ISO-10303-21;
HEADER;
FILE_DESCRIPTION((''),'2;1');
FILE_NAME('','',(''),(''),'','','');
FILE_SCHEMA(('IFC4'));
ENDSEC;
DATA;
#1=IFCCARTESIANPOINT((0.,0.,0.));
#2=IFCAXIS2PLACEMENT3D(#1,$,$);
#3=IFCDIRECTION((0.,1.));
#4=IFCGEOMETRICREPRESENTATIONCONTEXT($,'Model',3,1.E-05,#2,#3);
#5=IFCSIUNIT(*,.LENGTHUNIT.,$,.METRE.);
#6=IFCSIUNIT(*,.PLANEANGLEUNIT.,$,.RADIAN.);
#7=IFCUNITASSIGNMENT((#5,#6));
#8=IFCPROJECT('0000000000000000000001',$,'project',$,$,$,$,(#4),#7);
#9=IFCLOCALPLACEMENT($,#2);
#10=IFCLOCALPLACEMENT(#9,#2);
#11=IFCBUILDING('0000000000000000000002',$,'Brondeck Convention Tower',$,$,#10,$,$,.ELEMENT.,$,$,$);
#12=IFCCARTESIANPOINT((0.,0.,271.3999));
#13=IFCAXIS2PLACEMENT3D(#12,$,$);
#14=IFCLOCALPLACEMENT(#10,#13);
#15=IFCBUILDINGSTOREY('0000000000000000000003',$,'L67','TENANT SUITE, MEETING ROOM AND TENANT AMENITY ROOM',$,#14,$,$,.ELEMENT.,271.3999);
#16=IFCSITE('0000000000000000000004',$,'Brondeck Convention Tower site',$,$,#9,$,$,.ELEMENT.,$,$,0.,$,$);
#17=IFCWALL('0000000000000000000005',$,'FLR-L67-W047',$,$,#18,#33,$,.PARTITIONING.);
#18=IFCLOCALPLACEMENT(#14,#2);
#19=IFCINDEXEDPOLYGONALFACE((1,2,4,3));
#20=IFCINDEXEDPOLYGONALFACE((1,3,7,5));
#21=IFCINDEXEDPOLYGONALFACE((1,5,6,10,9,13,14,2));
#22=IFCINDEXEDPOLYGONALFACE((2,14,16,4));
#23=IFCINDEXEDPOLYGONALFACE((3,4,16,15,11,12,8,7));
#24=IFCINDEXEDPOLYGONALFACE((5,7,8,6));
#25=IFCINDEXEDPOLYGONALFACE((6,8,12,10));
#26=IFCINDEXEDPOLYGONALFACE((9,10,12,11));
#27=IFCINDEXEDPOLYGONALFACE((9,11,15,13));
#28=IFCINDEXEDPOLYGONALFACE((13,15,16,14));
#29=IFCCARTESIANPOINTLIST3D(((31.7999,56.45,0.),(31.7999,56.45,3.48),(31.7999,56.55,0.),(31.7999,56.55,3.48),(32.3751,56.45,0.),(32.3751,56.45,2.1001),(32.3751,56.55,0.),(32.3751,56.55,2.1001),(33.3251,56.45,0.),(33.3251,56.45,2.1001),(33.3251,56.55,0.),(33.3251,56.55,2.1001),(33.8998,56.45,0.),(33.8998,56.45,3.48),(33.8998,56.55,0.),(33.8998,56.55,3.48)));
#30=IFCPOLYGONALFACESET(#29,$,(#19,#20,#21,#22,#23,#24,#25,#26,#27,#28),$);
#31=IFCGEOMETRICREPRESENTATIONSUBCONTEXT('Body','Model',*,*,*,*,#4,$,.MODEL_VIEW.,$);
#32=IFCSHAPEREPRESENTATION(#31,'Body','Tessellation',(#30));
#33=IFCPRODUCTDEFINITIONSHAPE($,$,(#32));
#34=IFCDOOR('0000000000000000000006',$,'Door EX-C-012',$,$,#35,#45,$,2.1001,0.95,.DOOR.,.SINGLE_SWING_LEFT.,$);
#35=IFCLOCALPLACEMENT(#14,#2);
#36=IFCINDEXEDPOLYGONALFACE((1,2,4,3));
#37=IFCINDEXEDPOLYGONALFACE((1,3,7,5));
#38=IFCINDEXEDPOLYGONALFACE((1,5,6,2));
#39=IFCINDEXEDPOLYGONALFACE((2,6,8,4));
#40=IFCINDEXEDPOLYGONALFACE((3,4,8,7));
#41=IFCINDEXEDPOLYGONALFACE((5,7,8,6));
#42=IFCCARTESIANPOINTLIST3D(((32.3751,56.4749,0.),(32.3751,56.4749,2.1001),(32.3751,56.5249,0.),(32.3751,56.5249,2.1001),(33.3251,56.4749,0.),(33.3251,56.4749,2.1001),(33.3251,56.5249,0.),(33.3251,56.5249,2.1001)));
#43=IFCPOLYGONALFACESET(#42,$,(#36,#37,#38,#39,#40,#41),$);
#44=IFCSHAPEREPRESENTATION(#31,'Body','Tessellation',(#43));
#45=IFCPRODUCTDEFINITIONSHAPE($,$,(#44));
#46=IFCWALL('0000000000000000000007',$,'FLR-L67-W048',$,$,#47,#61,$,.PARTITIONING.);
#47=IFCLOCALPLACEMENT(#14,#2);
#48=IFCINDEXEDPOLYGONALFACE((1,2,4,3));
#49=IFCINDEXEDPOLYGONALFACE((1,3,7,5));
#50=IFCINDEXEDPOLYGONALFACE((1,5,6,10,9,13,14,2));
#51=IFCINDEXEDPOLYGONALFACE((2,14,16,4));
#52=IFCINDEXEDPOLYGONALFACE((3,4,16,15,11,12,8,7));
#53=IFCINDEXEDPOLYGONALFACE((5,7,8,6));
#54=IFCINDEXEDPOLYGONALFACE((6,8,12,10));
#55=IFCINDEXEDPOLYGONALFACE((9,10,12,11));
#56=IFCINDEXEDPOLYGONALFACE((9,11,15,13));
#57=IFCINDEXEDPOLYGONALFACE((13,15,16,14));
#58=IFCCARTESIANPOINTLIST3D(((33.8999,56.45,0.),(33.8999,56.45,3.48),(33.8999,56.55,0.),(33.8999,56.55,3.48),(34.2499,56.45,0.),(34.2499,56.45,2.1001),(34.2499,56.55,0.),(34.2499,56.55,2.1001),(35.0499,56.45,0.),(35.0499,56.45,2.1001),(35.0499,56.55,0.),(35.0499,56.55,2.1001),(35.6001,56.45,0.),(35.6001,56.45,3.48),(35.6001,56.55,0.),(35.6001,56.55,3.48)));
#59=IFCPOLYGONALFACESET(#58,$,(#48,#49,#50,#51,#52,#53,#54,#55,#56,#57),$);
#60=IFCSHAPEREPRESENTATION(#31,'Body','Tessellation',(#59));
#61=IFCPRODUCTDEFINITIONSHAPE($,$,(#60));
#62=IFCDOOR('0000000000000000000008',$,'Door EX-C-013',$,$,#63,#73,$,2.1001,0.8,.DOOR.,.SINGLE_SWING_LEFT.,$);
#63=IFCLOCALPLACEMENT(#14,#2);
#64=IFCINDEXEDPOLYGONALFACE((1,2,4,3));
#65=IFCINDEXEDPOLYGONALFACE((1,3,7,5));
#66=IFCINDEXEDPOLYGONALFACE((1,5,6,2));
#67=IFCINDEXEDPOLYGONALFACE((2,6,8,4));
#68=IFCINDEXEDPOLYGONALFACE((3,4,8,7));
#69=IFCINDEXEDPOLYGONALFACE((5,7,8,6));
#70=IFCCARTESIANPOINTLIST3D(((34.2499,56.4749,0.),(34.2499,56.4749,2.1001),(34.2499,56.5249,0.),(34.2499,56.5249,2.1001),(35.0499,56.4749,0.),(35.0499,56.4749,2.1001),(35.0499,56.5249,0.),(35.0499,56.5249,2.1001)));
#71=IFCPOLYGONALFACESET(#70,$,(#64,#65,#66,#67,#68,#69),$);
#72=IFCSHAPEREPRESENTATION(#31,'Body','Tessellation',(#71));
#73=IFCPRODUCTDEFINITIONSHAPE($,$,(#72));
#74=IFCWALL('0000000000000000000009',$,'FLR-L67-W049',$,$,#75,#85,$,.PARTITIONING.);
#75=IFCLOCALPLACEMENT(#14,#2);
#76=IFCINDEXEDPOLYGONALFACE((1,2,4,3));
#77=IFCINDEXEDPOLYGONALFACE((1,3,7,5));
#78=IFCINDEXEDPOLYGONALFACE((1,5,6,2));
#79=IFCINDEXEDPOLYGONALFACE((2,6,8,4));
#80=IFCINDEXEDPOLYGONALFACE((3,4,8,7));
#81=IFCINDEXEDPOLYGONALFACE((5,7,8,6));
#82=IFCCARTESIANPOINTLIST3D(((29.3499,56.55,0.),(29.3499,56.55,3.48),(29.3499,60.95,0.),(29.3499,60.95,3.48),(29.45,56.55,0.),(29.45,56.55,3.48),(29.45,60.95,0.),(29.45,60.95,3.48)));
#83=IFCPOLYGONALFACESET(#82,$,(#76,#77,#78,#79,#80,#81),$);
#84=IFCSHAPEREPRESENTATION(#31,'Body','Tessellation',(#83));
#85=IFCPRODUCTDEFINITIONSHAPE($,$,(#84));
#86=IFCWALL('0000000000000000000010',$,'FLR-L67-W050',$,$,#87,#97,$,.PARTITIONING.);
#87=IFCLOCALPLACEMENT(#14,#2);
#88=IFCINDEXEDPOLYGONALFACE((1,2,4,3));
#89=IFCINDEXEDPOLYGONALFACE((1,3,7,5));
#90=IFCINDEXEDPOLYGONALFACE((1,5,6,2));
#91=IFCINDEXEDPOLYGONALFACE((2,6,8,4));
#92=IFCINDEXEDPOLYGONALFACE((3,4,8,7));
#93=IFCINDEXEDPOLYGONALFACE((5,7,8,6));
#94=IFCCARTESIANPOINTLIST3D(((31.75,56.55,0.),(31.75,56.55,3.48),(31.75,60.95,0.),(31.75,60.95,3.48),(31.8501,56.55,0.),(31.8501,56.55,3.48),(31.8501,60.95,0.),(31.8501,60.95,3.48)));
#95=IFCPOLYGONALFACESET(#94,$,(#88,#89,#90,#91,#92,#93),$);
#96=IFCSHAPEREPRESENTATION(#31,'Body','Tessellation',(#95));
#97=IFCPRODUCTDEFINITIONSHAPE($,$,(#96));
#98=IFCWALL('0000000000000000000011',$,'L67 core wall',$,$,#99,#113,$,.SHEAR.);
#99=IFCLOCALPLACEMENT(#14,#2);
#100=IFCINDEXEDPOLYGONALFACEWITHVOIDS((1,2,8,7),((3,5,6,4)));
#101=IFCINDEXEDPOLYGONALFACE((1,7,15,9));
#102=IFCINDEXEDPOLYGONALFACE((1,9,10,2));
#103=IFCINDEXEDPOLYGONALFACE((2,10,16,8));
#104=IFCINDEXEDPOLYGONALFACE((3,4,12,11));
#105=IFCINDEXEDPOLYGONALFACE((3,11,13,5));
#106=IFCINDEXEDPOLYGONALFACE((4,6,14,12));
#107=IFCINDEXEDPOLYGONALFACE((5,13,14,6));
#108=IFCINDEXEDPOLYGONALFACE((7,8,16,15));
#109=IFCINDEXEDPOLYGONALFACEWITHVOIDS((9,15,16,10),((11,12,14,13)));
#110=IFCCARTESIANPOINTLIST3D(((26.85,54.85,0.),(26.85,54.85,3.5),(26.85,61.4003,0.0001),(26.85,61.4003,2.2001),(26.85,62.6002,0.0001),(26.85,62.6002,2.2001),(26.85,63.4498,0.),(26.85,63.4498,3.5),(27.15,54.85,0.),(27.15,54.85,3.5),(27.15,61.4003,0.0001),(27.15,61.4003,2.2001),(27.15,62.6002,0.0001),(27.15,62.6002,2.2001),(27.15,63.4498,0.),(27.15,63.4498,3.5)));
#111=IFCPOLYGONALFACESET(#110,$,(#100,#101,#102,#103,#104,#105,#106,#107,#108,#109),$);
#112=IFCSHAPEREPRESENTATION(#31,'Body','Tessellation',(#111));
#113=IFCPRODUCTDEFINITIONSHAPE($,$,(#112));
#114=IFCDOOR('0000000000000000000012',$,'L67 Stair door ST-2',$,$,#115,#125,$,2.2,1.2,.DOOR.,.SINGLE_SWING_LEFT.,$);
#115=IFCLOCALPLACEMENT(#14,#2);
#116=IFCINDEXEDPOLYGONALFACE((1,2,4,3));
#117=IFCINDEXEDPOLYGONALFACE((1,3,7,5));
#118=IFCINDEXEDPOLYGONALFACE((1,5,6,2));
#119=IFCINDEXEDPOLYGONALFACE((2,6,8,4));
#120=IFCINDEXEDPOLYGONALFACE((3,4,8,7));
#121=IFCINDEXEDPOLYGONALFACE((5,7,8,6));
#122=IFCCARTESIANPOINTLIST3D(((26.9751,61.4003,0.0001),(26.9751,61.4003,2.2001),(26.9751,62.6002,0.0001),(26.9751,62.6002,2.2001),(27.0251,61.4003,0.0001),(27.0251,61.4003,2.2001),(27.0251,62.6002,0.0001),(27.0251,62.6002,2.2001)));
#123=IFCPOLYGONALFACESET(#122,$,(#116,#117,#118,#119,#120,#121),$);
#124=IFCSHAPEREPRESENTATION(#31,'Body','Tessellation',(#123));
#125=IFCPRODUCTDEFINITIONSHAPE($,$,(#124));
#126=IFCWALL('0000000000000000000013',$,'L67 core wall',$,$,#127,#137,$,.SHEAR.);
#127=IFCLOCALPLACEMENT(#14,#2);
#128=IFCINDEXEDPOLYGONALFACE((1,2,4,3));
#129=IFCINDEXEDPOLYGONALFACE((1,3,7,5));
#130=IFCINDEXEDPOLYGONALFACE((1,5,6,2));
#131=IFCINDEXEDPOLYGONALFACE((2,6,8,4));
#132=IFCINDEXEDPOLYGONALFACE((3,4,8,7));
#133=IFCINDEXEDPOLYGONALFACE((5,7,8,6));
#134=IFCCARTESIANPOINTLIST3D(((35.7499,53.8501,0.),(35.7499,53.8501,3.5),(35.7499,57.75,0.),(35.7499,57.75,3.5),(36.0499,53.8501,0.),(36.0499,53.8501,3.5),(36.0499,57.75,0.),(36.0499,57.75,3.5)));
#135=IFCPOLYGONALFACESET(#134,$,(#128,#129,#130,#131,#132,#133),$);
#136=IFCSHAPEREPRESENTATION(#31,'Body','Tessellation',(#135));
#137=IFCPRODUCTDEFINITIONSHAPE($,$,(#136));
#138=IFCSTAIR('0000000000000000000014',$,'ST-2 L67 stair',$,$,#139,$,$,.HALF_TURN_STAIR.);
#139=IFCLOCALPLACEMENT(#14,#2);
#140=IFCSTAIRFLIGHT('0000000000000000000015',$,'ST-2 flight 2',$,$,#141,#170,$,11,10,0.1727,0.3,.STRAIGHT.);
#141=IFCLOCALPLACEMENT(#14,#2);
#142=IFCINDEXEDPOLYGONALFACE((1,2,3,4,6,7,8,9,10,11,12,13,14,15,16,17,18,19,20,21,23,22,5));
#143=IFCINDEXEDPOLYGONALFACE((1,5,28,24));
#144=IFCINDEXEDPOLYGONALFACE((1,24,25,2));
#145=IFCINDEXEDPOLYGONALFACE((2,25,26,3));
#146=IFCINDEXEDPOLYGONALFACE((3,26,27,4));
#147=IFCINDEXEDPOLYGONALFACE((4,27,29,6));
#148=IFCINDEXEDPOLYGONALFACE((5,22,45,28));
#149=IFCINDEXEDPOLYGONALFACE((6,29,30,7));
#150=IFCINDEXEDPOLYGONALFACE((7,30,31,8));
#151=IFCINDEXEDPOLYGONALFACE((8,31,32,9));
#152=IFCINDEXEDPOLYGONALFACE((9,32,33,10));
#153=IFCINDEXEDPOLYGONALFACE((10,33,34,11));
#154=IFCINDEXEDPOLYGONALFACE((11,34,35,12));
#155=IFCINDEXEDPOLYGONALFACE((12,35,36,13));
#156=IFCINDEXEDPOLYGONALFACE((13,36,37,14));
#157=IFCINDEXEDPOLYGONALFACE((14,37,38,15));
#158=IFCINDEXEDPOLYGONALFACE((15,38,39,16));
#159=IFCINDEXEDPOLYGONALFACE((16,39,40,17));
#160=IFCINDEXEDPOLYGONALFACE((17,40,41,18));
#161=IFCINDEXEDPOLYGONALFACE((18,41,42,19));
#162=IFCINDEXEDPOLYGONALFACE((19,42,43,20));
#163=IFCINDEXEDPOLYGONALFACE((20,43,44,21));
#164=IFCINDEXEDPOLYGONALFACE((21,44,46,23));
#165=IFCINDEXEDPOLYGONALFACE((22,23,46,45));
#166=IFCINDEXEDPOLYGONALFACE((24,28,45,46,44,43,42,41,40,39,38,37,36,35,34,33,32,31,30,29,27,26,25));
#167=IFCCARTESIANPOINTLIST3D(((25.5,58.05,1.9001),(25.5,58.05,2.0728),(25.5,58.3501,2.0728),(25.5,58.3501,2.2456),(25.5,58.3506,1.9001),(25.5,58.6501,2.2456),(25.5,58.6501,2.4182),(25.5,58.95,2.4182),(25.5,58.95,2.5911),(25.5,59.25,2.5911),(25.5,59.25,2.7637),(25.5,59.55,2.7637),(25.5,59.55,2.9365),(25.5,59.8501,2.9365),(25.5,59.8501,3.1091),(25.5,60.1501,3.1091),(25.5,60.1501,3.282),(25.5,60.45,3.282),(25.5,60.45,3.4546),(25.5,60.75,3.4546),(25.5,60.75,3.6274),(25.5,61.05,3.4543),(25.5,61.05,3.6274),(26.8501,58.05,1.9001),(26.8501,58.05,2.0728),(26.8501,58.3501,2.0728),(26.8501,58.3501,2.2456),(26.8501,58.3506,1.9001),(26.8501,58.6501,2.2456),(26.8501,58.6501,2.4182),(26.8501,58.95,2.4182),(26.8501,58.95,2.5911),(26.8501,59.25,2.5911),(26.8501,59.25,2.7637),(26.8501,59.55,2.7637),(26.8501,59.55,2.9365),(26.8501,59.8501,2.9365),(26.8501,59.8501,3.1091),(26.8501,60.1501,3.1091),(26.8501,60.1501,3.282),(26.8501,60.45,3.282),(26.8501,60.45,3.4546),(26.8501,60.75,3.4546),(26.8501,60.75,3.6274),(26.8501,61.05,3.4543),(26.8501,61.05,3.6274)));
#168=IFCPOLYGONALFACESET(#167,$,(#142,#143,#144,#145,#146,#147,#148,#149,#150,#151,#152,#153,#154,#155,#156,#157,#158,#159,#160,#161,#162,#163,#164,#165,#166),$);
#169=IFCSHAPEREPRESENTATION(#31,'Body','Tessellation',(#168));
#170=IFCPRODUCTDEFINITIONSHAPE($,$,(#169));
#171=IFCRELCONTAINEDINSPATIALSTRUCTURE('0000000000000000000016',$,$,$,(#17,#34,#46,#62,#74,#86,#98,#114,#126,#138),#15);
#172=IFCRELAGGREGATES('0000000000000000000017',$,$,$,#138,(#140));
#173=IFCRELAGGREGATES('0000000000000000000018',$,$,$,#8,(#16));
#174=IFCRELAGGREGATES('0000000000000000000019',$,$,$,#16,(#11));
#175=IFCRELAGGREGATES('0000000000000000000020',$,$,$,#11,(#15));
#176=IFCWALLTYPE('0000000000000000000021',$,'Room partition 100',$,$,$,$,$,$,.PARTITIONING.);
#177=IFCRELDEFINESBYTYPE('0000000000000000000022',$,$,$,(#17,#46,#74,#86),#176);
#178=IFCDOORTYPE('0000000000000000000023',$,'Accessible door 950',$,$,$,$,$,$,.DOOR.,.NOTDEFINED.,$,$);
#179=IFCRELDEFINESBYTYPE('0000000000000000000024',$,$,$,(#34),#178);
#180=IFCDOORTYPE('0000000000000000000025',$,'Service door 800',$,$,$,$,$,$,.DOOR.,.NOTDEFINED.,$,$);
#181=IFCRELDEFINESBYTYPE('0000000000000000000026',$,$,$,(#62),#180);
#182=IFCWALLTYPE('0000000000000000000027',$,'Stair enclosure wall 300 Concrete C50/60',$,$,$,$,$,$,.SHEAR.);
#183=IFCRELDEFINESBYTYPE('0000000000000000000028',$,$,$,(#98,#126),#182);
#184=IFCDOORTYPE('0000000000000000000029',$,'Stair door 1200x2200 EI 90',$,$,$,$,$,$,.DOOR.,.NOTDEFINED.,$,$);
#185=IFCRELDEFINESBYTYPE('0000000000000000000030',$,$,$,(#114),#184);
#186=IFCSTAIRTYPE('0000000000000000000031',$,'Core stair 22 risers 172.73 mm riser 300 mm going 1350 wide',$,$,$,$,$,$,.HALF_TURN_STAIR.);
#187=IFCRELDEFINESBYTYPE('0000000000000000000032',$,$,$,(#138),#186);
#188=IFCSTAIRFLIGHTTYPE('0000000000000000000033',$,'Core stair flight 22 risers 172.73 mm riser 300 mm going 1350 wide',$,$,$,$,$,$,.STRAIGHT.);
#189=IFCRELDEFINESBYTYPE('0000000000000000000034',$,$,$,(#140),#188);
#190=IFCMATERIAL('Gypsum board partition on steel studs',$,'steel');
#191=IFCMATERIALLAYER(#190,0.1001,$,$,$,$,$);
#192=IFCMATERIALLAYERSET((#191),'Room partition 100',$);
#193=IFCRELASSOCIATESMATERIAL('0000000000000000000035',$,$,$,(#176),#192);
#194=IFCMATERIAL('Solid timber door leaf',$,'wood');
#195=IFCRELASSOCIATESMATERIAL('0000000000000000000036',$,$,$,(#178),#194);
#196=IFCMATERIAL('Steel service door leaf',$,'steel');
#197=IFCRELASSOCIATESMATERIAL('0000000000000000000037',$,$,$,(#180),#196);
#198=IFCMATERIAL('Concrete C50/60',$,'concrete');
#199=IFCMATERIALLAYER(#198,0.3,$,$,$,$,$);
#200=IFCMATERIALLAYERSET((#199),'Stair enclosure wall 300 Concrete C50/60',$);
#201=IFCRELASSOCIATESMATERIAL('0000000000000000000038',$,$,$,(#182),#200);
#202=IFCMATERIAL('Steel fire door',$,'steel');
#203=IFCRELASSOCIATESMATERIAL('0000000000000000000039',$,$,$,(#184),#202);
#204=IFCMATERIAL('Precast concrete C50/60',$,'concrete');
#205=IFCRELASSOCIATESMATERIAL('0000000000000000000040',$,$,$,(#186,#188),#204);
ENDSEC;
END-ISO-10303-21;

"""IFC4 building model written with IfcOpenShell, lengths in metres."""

from ifc_helpers import new_model, si_unit, direction, frame, frame_2d, origin, place, context, subcontext, project, spatial, polyline, rectangle, outline, extrude, material, layer, layer_set, type_object, element, fill, aggregate, save


model = new_model("IFC4")

# Units and contexts
model_context = context("Model", 3, precision=1e-05, world=origin(), true_north=direction((0.0, 1.0)))
body_context = subcontext(model_context, "Body", "Model", "MODEL_VIEW")
ifc_project = project(units=[si_unit("LENGTHUNIT", "METRE"), si_unit("PLANEANGLEUNIT", "RADIAN")], contexts=[model_context])

# Site, building, storey
site_placement = place(None, origin())
site = spatial("IfcSite", under=ifc_project, at=site_placement, Name="Brondeck Convention Tower site", CompositionType="ELEMENT", RefElevation=0.0)
building_placement = place(site_placement, origin())
building = spatial("IfcBuilding", under=site, at=building_placement, Name="Brondeck Convention Tower", CompositionType="ELEMENT")
storey_placement = place(building_placement, frame((0.0, 0.0, 271.3999)))
storey = spatial("IfcBuildingStorey", under=building, at=storey_placement, Name="L67", Description="TENANT SUITE, MEETING ROOM AND TENANT AMENITY ROOM", CompositionType="ELEMENT", Elevation=271.3999)

# Shared definitions
ifc_material_1 = material(Name="Concrete C50/60", Category="concrete")
ifc_material_2 = material(Name="Gypsum board partition on steel studs", Category="steel")
ifc_layer_1 = layer(ifc_material_2, 0.1001)
ifc_layer_set_1 = layer_set([ifc_layer_1], Name="Room partition 100")
wall_type_1 = type_object("IfcWallType", Name="Room partition 100", PredefinedType="PARTITIONING", material=ifc_layer_set_1)

# Shared definitions
ifc_material_3 = material(Name="Solid timber door leaf", Category="wood")

# Walls, openings, doors
wall_1_placement = place(storey_placement, frame((31.8, 56.5, 0.0), z_axis=(0.0, 0.0, 1.0), x_axis=(1.0, 0.0, 0.0)))
wall_1 = element("IfcWall", 1, at=wall_1_placement, inside=storey, type_object=wall_type_1, Name="FLR-L67-W047", PredefinedType="PARTITIONING", context=body_context, shape_type="SweptSolid", body=[
    extrude(rectangle(XDim=2.0999, YDim=0.1001, at=frame_2d((1.0498, 0.0))), origin(), (0.0, 0.0, 1.0), 3.48),
])
opening_1_placement = place(wall_1_placement, frame((0.575, 0.0, 0.0)))
opening_1 = element("IfcOpeningElement", 2, at=opening_1_placement, cuts=wall_1, PredefinedType="OPENING", context=body_context, shape_type="SweptSolid", body=[
    extrude(rectangle(XDim=0.95, YDim=2.1001, at=frame_2d((0.4751, 1.05))), frame((0.0, 0.0601, 0.0), z_axis=(0.0, -1.0, 0.0), x_axis=(1.0, 0.0, 0.0)), (0.0, 0.0, 1.0), 0.1201),
])
door_type_1 = type_object("IfcDoorType", Name="Accessible door 950", OperationType="NOTDEFINED", PredefinedType="DOOR", material=ifc_material_3)
door_1_placement = place(opening_1_placement, origin())
door_1 = element("IfcDoor", 3, at=door_1_placement, inside=storey, type_object=door_type_1, Name="Door EX-C-012", OperationType="SINGLE_SWING_LEFT", OverallHeight=2.1001, OverallWidth=0.95, PredefinedType="DOOR", context=body_context, shape_type="SweptSolid", body=[
    extrude(rectangle(XDim=0.95, YDim=2.1001, at=frame_2d((0.4751, 1.05))), frame((0.0, 0.0249, 0.0), z_axis=(0.0, -1.0, 0.0), x_axis=(1.0, 0.0, 0.0)), (0.0, 0.0, 1.0), 0.05),
])
fill(opening_1, door_1)
wall_2_placement = place(storey_placement, frame((33.8999, 56.5, 0.0), z_axis=(0.0, 0.0, 1.0), x_axis=(1.0, 0.0, 0.0)))
wall_2 = element("IfcWall", 4, at=wall_2_placement, inside=storey, type_object=wall_type_1, Name="FLR-L67-W048", PredefinedType="PARTITIONING", context=body_context, shape_type="SweptSolid", body=[
    extrude(rectangle(XDim=1.7002, YDim=0.1001, at=frame_2d((0.8501, 0.0))), origin(), (0.0, 0.0, 1.0), 3.48),
])
opening_2_placement = place(wall_2_placement, frame((0.3501, 0.0, 0.0)))
opening_2 = element("IfcOpeningElement", 5, at=opening_2_placement, cuts=wall_2, PredefinedType="OPENING", context=body_context, shape_type="SweptSolid", body=[
    extrude(rectangle(XDim=0.8, YDim=2.1001, at=frame_2d((0.3999, 1.05))), frame((0.0, 0.0601, 0.0), z_axis=(0.0, -1.0, 0.0), x_axis=(1.0, 0.0, 0.0)), (0.0, 0.0, 1.0), 0.1201),
])
ifc_material_4 = material(Name="Steel service door leaf", Category="steel")
door_type_2 = type_object("IfcDoorType", Name="Service door 800", OperationType="NOTDEFINED", PredefinedType="DOOR", material=ifc_material_4)
door_2_placement = place(opening_2_placement, origin())
door_2 = element("IfcDoor", 6, at=door_2_placement, inside=storey, type_object=door_type_2, Name="Door EX-C-013", OperationType="SINGLE_SWING_LEFT", OverallHeight=2.1001, OverallWidth=0.8, PredefinedType="DOOR", context=body_context, shape_type="SweptSolid", body=[
    extrude(rectangle(XDim=0.8, YDim=2.1001, at=frame_2d((0.3999, 1.05))), frame((0.0, 0.0249, 0.0), z_axis=(0.0, -1.0, 0.0), x_axis=(1.0, 0.0, 0.0)), (0.0, 0.0, 1.0), 0.05),
])
fill(opening_2, door_2)

# Walls
for number, where, z_axis, x_axis, name in (
    (7, (29.3999, 60.95, 0.0), (0.0, 0.0, 1.0), (0.0, -1.0, 0.0), "FLR-L67-W049"),
    (8, (31.8, 60.95, 0.0), (0.0, 0.0, 1.0), (0.0, -1.0, 0.0), "FLR-L67-W050"),
):
    element("IfcWall", number, at=place(storey_placement, frame(where, z_axis=z_axis, x_axis=x_axis)), inside=storey, type_object=wall_type_1, Name=name, PredefinedType="PARTITIONING", context=body_context, shape_type="SweptSolid", body=[
        extrude(rectangle(XDim=4.3999, YDim=0.1001, at=frame_2d((2.2, 0.0))), origin(), (0.0, 0.0, 1.0), 3.48),
    ])

# Wall, opening, door
ifc_layer_2 = layer(ifc_material_1, 0.3)
ifc_layer_set_2 = layer_set([ifc_layer_2], Name="Stair enclosure wall 300 Concrete C50/60")
wall_type_2 = type_object("IfcWallType", Name="Stair enclosure wall 300 Concrete C50/60", PredefinedType="SHEAR", material=ifc_layer_set_2)
wall_3_placement = place(storey_placement, frame((27.0, 54.8501, 0.0), z_axis=(0.0, 0.0, 1.0), x_axis=(0.0, 1.0, 0.0)))
wall_3 = element("IfcWall", 9, at=wall_3_placement, inside=storey, type_object=wall_type_2, Name="L67 core wall", PredefinedType="SHEAR", context=body_context, shape_type="SweptSolid", body=[
    extrude(rectangle(XDim=8.5999, YDim=0.3, at=frame_2d((4.2998, 0.0))), origin(), (0.0, 0.0, 1.0), 3.5),
])
opening_3_placement = place(wall_3_placement, frame((6.55, 0.0, 0.0)))
opening_3 = element("IfcOpeningElement", 10, at=opening_3_placement, cuts=wall_3, PredefinedType="OPENING", context=body_context, shape_type="SweptSolid", body=[
    extrude(rectangle(XDim=1.2, YDim=2.2, at=frame_2d((0.6001, 1.1001))), frame((0.0, 0.1599, 0.0), z_axis=(0.0, -1.0, 0.0), x_axis=(1.0, 0.0, 0.0)), (0.0, 0.0, 1.0), 0.3201),
])
ifc_material_5 = material(Name="Steel fire door", Category="steel")
door_type_3 = type_object("IfcDoorType", Name="Stair door 1200x2200 EI 90", OperationType="NOTDEFINED", PredefinedType="DOOR", material=ifc_material_5)
door_3_placement = place(opening_3_placement, origin())
door_3 = element("IfcDoor", 11, at=door_3_placement, inside=storey, type_object=door_type_3, Name="L67 Stair door ST-2", OperationType="SINGLE_SWING_LEFT", OverallHeight=2.2, OverallWidth=1.2, PredefinedType="DOOR", context=body_context, shape_type="SweptSolid", body=[
    extrude(rectangle(XDim=1.2, YDim=2.2, at=frame_2d((0.6001, 1.1001))), frame((0.0, 0.0249, 0.0), z_axis=(0.0, -1.0, 0.0), x_axis=(1.0, 0.0, 0.0)), (0.0, 0.0, 1.0), 0.05),
])
fill(opening_3, door_3)

# Wall
wall_4_placement = place(storey_placement, frame((35.8999, 53.8501, 0.0), z_axis=(0.0, 0.0, 1.0), x_axis=(0.0, 1.0, 0.0)))
element("IfcWall", 12, at=wall_4_placement, inside=storey, type_object=wall_type_2, Name="L67 core wall", PredefinedType="SHEAR", context=body_context, shape_type="SweptSolid", body=[
    extrude(rectangle(XDim=3.8999, YDim=0.3, at=frame_2d((1.95, 0.0))), origin(), (0.0, 0.0, 1.0), 3.5),
])

# Stair, stair flight
ifc_material_6 = material(Name="Precast concrete C50/60", Category="concrete")
stair_type = type_object("IfcStairType", Name="Core stair 22 risers 172.73 mm riser 300 mm going 1350 wide", PredefinedType="HALF_TURN_STAIR", material=ifc_material_6)
stair_placement = place(storey_placement, origin())
stair = element("IfcStair", 13, at=stair_placement, inside=storey, type_object=stair_type, Name="ST-2 L67 stair", PredefinedType="HALF_TURN_STAIR")
stair_flight_type = type_object("IfcStairFlightType", Name="Core stair flight 22 risers 172.73 mm riser 300 mm going 1350 wide", PredefinedType="STRAIGHT", material=ifc_material_6)
stair_flight_placement = place(storey_placement, frame((26.175, 58.05, 1.9001), z_axis=(0.0, 0.0, 1.0), x_axis=(0.0, 1.0, 0.0)))
stair_flight = element("IfcStairFlight", 14, at=stair_flight_placement, type_object=stair_flight_type, Name="ST-2 flight 2", NumberOfRisers=11, NumberOfTreads=10, PredefinedType="STRAIGHT", RiserHeight=0.1727, TreadLength=0.3, context=body_context, shape_type="SweptSolid", body=[
    extrude(outline(polyline([(0.0, 0.0), (0.0, 0.1726), (0.3, 0.1726), (0.3, 0.3455), (0.6001, 0.3455), (0.6001, 0.5181), (0.8999, 0.5181), (0.8999, 0.6909), (1.2, 0.6909), (1.2, 0.8635), (1.5, 0.8635), (1.5, 1.0364), (1.8, 1.0364), (1.8, 1.209), (2.1001, 1.209), (2.1001, 1.3818), (2.3999, 1.3818), (2.3999, 1.5544), (2.7, 1.5544), (2.7, 1.7273), (3.0, 1.7273), (3.0, 1.8999), (3.0, 1.5542), (0.3005, 0.0), (0.0, 0.0)])), frame((0.0, 0.675, 0.0), z_axis=(0.0, -1.0, 0.0), x_axis=(1.0, 0.0, 0.0)), (0.0, 0.0, 1.0), 1.3501),
])
aggregate(stair, [stair_flight])

save(model, "model.ifc")
